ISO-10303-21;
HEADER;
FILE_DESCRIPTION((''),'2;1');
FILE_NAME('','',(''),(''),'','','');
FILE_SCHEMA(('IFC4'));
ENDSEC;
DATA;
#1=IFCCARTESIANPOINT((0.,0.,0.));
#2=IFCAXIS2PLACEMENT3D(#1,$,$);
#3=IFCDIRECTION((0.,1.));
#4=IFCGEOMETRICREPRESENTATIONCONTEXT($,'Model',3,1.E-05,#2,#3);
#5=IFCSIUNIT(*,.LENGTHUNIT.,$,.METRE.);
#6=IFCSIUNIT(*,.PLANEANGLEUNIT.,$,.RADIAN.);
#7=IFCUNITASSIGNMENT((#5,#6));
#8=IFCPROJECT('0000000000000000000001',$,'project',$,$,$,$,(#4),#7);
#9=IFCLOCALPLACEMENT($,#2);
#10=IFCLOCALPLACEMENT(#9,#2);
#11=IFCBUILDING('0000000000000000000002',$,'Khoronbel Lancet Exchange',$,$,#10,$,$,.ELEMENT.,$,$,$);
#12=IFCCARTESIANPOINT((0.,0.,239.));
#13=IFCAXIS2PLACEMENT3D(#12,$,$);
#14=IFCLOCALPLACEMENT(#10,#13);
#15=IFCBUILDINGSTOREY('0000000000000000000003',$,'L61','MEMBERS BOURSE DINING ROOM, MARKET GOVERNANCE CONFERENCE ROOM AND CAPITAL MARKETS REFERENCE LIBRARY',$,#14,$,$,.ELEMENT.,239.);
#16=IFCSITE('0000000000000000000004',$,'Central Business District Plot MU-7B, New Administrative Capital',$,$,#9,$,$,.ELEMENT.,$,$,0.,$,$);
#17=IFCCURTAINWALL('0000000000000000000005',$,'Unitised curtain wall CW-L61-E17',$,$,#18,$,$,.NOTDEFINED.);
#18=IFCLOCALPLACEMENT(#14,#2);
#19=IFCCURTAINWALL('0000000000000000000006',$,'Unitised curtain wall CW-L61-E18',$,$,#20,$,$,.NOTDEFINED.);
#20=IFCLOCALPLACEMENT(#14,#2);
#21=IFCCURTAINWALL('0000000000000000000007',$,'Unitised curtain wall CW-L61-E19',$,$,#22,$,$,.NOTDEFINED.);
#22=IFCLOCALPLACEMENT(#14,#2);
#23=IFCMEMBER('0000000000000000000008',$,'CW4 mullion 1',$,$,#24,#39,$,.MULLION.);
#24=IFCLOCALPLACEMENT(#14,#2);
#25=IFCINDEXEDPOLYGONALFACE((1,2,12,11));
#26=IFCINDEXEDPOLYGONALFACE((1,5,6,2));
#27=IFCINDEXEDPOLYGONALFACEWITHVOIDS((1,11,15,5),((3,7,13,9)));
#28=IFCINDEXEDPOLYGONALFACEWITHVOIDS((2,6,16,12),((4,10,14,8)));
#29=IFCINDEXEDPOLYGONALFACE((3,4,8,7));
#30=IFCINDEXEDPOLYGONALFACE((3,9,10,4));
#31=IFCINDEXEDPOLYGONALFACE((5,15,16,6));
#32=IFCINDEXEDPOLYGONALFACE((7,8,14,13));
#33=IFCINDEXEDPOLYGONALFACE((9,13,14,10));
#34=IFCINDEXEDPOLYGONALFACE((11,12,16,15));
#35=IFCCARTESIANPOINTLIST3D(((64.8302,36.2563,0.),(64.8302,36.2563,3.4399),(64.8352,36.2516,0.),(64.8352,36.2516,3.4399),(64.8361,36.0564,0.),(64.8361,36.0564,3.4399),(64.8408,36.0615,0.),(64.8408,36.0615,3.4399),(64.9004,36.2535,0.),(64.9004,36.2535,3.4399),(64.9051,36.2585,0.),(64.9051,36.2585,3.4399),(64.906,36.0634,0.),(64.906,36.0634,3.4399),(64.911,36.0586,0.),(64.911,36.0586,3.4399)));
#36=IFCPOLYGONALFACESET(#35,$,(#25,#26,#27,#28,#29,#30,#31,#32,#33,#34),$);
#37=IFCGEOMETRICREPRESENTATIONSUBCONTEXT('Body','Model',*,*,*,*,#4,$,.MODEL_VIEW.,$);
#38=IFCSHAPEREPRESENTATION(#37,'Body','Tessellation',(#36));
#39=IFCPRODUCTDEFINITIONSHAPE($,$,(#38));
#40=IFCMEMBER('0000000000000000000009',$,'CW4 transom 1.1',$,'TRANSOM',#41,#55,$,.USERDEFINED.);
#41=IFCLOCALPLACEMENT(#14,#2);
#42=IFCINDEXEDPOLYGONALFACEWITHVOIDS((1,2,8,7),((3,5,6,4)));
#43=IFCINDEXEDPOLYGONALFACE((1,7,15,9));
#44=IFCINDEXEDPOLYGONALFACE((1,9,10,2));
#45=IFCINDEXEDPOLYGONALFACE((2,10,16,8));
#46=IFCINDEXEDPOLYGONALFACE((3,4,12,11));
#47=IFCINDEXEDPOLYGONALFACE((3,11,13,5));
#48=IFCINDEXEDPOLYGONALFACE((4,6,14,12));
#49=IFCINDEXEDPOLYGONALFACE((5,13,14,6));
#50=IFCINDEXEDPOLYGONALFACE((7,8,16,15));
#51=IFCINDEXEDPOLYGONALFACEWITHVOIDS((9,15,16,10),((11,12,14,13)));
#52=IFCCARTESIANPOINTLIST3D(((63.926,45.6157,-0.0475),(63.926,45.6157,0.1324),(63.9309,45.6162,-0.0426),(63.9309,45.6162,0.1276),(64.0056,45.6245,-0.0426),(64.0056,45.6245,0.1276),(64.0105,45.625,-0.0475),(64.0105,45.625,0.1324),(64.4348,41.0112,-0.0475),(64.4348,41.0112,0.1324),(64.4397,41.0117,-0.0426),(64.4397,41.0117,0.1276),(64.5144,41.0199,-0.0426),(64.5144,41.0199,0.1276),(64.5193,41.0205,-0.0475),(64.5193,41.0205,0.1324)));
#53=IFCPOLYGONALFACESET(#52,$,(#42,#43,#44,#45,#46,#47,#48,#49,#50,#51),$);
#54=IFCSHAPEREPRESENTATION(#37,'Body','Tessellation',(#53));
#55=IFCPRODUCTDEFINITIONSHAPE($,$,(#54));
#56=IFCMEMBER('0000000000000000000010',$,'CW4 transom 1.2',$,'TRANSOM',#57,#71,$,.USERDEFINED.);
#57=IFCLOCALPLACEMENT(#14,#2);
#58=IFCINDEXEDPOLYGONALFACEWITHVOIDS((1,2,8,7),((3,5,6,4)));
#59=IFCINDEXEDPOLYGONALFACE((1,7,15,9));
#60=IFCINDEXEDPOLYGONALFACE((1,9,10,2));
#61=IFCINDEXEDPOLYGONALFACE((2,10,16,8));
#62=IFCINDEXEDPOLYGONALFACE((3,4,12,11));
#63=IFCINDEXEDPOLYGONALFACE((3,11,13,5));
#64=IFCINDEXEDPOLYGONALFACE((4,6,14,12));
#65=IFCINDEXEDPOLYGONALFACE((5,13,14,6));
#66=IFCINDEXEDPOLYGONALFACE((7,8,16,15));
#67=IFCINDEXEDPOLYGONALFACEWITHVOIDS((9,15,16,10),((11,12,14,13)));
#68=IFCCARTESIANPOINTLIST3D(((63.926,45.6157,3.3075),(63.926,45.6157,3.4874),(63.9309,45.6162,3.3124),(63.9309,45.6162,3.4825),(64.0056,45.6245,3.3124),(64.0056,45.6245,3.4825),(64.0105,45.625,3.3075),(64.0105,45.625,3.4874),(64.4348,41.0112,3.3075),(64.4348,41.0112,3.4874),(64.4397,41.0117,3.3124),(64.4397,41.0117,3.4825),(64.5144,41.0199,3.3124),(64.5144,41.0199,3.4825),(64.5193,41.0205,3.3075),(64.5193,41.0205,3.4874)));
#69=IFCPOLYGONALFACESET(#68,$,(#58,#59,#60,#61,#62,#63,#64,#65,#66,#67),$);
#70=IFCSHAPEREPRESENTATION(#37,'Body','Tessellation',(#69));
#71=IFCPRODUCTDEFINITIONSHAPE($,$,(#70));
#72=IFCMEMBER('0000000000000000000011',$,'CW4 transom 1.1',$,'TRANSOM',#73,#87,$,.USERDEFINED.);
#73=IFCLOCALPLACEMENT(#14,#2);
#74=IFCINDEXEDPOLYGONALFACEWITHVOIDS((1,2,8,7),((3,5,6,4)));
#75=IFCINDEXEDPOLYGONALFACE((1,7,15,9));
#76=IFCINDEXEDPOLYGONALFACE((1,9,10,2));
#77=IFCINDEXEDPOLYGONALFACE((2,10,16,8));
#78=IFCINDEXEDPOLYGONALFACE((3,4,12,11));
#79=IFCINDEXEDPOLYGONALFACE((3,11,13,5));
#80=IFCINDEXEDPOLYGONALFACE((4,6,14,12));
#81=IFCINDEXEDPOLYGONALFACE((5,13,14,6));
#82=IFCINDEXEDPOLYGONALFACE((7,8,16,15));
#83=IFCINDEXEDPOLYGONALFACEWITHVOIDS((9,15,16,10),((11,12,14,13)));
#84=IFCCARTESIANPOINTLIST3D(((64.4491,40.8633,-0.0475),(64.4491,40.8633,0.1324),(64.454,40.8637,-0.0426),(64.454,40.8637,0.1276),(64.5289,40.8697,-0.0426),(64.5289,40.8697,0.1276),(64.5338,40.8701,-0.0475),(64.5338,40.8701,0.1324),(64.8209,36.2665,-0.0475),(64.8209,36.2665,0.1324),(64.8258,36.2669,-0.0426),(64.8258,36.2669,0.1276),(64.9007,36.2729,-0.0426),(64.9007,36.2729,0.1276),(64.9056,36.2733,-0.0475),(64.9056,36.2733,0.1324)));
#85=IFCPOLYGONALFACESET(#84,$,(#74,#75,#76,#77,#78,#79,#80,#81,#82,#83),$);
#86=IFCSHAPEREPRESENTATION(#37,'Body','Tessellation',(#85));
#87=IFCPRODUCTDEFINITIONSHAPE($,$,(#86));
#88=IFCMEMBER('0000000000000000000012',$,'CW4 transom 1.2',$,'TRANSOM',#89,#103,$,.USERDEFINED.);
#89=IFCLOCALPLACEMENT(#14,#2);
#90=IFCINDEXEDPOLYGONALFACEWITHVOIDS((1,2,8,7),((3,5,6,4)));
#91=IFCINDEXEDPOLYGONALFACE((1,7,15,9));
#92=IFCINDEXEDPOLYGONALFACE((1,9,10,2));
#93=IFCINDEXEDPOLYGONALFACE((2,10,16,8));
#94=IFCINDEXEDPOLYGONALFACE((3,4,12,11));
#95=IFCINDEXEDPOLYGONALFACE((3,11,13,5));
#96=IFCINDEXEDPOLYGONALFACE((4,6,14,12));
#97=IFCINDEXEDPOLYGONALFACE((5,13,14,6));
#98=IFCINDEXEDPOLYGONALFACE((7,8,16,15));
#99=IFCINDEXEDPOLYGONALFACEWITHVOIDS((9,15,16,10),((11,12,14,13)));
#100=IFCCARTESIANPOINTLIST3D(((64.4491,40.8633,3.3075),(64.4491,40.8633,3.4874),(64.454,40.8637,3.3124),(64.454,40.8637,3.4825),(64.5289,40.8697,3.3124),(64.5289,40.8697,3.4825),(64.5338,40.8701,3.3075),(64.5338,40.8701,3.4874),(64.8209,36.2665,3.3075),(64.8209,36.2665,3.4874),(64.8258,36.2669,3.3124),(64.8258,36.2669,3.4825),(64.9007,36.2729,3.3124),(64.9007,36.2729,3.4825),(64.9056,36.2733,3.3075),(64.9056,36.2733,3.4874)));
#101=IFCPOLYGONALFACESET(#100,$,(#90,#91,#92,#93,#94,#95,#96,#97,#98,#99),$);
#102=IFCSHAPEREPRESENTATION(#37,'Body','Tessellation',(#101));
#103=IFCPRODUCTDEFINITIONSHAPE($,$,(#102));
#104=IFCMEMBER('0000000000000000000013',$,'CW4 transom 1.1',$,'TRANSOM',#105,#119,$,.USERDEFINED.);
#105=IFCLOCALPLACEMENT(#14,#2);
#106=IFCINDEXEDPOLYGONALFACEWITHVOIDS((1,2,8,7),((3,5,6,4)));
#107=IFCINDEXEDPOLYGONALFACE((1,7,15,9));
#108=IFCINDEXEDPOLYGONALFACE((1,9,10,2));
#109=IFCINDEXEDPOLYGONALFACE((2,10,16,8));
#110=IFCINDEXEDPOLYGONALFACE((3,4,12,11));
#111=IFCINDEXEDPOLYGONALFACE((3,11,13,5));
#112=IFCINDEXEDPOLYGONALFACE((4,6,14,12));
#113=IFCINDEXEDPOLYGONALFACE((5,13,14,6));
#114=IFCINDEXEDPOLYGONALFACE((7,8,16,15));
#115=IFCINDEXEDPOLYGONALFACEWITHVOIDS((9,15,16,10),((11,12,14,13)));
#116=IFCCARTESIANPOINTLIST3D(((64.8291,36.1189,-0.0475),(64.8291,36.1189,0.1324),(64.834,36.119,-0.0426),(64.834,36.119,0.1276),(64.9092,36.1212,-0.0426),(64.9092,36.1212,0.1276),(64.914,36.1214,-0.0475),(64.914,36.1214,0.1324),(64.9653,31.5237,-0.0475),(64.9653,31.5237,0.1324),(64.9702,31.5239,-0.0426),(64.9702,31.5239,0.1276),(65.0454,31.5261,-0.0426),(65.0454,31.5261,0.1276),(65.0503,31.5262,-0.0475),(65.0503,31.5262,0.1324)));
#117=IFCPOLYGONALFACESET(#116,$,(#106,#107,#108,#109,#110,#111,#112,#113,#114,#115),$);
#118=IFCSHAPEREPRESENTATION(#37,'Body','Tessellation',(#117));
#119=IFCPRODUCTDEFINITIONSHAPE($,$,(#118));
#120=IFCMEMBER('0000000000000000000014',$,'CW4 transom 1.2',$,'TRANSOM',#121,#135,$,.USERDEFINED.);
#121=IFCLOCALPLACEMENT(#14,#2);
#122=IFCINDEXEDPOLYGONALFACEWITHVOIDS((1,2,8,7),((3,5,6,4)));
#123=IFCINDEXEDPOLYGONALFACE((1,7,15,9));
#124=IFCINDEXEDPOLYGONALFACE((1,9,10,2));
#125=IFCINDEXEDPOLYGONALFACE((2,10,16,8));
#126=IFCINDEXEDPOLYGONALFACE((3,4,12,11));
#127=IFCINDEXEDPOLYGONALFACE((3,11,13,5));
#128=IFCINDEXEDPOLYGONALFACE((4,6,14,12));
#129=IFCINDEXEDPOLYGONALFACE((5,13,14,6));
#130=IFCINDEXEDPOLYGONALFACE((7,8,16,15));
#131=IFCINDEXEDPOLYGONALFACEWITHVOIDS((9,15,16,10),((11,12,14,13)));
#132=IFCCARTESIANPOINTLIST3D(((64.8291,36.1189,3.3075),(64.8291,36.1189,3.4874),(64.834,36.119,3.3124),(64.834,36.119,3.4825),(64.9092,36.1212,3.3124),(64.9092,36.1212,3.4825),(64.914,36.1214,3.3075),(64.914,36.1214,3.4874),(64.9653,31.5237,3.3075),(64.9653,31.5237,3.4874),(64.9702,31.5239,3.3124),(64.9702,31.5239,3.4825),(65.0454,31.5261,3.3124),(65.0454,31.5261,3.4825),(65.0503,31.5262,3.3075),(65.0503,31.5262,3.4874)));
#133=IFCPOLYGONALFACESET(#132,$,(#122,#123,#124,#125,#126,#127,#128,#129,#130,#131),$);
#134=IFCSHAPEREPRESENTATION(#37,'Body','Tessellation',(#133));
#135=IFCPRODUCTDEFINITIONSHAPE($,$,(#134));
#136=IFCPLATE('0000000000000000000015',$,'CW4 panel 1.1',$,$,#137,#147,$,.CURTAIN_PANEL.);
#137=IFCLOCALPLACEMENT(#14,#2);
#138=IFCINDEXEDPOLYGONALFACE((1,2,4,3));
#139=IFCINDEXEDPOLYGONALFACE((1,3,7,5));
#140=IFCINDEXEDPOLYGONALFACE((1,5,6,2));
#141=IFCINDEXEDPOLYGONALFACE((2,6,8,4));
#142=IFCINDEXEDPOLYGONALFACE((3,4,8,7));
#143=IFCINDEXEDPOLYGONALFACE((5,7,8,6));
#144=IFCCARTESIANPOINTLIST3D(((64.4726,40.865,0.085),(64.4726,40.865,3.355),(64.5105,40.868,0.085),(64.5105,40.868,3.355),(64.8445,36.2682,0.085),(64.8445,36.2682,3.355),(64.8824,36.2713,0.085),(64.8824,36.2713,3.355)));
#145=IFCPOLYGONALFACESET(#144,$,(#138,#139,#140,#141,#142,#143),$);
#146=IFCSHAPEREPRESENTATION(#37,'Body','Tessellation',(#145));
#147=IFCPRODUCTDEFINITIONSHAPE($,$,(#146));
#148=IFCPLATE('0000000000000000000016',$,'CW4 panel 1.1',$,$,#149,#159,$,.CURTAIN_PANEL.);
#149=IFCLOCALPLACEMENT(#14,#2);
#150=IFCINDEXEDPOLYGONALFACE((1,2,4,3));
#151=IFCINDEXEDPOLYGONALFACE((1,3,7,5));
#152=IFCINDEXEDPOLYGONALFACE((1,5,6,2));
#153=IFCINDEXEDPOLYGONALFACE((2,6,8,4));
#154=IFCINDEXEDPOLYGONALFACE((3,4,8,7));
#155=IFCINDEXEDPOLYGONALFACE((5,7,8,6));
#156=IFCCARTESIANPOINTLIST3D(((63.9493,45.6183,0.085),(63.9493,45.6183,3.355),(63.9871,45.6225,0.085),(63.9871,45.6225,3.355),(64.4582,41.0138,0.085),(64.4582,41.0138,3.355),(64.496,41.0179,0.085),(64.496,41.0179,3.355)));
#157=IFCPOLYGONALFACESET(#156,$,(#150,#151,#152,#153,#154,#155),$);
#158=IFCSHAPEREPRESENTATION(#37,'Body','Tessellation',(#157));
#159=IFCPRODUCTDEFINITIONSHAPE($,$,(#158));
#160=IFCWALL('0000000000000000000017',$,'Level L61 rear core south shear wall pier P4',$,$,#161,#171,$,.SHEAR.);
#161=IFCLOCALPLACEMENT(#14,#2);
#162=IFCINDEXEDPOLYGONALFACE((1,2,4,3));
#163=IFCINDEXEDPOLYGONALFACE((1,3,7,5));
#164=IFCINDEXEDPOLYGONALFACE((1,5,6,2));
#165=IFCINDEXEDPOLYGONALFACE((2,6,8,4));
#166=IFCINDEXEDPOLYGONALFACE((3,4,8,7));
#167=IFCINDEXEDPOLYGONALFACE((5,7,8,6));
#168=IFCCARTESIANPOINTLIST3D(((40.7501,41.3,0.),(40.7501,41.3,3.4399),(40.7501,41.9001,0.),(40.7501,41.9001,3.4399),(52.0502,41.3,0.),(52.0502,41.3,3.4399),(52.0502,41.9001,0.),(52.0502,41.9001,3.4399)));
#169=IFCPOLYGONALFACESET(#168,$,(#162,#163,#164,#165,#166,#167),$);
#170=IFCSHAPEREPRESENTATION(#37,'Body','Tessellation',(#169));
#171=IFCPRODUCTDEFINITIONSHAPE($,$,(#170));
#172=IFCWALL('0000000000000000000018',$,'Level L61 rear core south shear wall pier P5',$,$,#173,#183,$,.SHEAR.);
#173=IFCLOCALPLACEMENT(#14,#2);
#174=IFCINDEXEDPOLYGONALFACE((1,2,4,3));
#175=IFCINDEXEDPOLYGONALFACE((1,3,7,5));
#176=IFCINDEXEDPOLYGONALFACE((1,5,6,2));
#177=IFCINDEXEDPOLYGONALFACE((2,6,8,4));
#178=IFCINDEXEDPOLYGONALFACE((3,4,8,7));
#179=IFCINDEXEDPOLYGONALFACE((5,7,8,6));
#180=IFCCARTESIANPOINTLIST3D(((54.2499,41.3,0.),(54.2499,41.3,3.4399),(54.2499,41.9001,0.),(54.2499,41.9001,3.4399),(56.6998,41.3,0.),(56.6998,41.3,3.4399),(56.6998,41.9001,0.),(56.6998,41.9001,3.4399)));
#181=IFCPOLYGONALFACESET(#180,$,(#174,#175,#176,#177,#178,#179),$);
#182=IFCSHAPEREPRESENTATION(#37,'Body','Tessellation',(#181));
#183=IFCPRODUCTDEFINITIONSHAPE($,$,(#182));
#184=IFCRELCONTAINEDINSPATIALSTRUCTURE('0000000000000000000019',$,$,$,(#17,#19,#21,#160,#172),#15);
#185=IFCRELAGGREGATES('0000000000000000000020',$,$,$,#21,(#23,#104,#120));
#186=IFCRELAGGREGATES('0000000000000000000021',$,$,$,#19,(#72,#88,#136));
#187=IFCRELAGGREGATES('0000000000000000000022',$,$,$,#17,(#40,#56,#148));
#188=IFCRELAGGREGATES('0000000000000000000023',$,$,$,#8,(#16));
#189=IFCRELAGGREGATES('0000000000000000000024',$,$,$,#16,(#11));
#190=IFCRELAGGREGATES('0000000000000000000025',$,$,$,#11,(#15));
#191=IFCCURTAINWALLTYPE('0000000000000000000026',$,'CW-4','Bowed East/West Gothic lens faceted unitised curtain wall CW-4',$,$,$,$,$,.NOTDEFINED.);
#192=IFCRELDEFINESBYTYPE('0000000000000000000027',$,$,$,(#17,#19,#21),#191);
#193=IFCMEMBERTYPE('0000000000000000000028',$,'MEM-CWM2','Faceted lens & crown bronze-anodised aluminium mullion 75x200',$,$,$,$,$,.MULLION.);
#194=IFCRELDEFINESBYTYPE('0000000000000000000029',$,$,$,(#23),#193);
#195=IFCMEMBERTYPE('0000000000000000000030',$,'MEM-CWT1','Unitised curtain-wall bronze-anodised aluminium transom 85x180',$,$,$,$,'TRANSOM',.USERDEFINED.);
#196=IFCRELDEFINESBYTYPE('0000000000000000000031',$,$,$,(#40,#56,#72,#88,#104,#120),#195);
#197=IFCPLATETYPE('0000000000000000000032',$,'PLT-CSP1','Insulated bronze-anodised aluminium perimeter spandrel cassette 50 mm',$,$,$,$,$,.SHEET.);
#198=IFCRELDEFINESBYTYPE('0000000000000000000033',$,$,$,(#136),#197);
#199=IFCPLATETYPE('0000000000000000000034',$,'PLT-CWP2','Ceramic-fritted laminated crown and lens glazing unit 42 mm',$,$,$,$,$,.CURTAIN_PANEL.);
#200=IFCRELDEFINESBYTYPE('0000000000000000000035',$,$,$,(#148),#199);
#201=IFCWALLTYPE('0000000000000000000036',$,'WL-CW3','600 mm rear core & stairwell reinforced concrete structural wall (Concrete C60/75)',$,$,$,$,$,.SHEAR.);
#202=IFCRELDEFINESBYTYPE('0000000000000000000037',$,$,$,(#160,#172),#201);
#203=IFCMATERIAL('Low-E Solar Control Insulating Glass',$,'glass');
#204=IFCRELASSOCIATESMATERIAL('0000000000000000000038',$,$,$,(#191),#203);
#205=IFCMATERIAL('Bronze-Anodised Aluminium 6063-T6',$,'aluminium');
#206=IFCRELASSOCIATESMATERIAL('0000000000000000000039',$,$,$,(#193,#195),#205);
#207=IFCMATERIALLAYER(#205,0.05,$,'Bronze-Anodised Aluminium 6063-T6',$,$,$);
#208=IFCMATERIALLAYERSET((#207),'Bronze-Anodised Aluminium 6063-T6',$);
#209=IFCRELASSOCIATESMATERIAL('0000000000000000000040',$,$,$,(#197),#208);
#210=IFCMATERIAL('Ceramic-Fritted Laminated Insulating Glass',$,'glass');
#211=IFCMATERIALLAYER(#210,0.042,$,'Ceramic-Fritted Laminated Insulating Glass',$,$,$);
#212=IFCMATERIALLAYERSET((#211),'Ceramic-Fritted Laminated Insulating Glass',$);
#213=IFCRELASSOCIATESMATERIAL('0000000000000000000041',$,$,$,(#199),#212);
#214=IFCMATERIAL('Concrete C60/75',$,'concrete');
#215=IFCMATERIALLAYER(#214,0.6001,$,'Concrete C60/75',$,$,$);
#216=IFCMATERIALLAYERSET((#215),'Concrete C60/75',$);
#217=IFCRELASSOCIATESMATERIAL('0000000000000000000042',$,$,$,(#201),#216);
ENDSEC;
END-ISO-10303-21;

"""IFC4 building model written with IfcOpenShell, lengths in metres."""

from ifc_helpers import new_model, si_unit, direction, frame, frame_2d, origin, origin_2d, place, context, subcontext, project, spatial, rectangle, hollow_rectangle, extrude, material, layer, layer_set, material_profile, profile_set, type_object, element, aggregate, save


model = new_model("IFC4")

# Units and contexts
model_context = context("Model", 3, precision=1e-05, world=origin(), true_north=direction((0.0, 1.0)))
body_context = subcontext(model_context, "Body", "Model", "MODEL_VIEW")
ifc_project = project(units=[si_unit("LENGTHUNIT", "METRE"), si_unit("PLANEANGLEUNIT", "RADIAN")], contexts=[model_context])

# Site, building, storey
site_placement = place(None, origin())
site = spatial("IfcSite", under=ifc_project, at=site_placement, Name="Central Business District Plot MU-7B, New Administrative Capital", CompositionType="ELEMENT", RefElevation=0.0)
building_placement = place(site_placement, origin())
building = spatial("IfcBuilding", under=site, at=building_placement, Name="Khoronbel Lancet Exchange", CompositionType="ELEMENT")
storey_placement = place(building_placement, frame((0.0, 0.0, 239.0)))
storey = spatial("IfcBuildingStorey", under=building, at=storey_placement, Name="L61", Description="MEMBERS BOURSE DINING ROOM, MARKET GOVERNANCE CONFERENCE ROOM AND CAPITAL MARKETS REFERENCE LIBRARY", CompositionType="ELEMENT", Elevation=239.0)

# Shared definitions
ifc_material_1 = material(Name="Concrete C60/75", Category="concrete")

# Curtain walls
ifc_material_2 = material(Name="Low-E Solar Control Insulating Glass", Category="glass")
curtain_wall_type = type_object("IfcCurtainWallType", Name="CW-4", Description="Bowed East/West Gothic lens faceted unitised curtain wall CW-4", PredefinedType="NOTDEFINED", material=ifc_material_2)
curtain_wall_1_placement = place(storey_placement, origin())
curtain_wall_1 = element("IfcCurtainWall", 1, at=curtain_wall_1_placement, inside=storey, type_object=curtain_wall_type, Name="Unitised curtain wall CW-L61-E17", PredefinedType="NOTDEFINED")
ifc_material_3 = material(Name="Bronze-Anodised Aluminium 6063-T6", Category="aluminium")
ifc_material_profile_1 = material_profile(ifc_material_3, hollow_rectangle(XDim=0.075, YDim=0.2, WallThickness=0.0049, at=origin_2d()), Name="ALU MULLION 75x200")
ifc_profile_set_1 = profile_set([ifc_material_profile_1], Name="Bronze-Anodised Aluminium 6063-T6")
member_type_1 = type_object("IfcMemberType", Name="MEM-CWM2", Description="Faceted lens & crown bronze-anodised aluminium mullion 75x200", PredefinedType="MULLION", material=ifc_profile_set_1)
curtain_wall_2_placement = place(storey_placement, origin())
curtain_wall_2 = element("IfcCurtainWall", 2, at=curtain_wall_2_placement, inside=storey, type_object=curtain_wall_type, Name="Unitised curtain wall CW-L61-E18", PredefinedType="NOTDEFINED")

# Curtain wall, member
curtain_wall_3_placement = place(storey_placement, origin())
curtain_wall_3 = element("IfcCurtainWall", 3, at=curtain_wall_3_placement, inside=storey, type_object=curtain_wall_type, Name="Unitised curtain wall CW-L61-E19", PredefinedType="NOTDEFINED")
member_1_placement = place(storey_placement, frame((64.8706, 36.1575, 0.0), z_axis=(0.0, 0.0, 1.0), x_axis=(0.999561, 0.029618, 0.0)))
member_1 = element("IfcMember", 4, at=member_1_placement, type_object=member_type_1, Name="CW4 mullion 1", PredefinedType="MULLION", context=body_context, shape_type="SweptSolid", body=[
    extrude(hollow_rectangle(XDim=0.075, YDim=0.2, WallThickness=0.0049, at=origin_2d()), origin(), (0.0, 0.0, 1.0), 3.4399),
])

# Members
ifc_material_profile_2 = material_profile(ifc_material_3, hollow_rectangle(XDim=0.085, YDim=0.1799, WallThickness=0.0049, at=origin_2d()), Name="ALU TRANSOM 85x180")
ifc_profile_set_2 = profile_set([ifc_material_profile_2], Name="Bronze-Anodised Aluminium 6063-T6")
member_type_2 = type_object("IfcMemberType", Name="MEM-CWT1", Description="Unitised curtain-wall bronze-anodised aluminium transom 85x180", ElementType="TRANSOM", PredefinedType="USERDEFINED", material=ifc_profile_set_2)
member_2_placement = place(storey_placement, frame((63.9683, 45.6204, 0.0425), z_axis=(0.10983, -0.99395, 0.0), x_axis=(0.99395, 0.10983, 0.0)))
member_2 = element("IfcMember", 5, at=member_2_placement, type_object=member_type_2, Name="CW4 transom 1.1", ObjectType="TRANSOM", PredefinedType="USERDEFINED", context=body_context, shape_type="SweptSolid", body=[
    extrude(hollow_rectangle(XDim=0.085, YDim=0.1799, WallThickness=0.0049, at=origin_2d()), origin(), (0.0, 0.0, 1.0), 4.6326),
])
member_3_placement = place(storey_placement, frame((63.9683, 45.6204, 3.3975), z_axis=(0.10983, -0.99395, 0.0), x_axis=(0.99395, 0.10983, 0.0)))
member_3 = element("IfcMember", 6, at=member_3_placement, type_object=member_type_2, Name="CW4 transom 1.2", ObjectType="TRANSOM", PredefinedType="USERDEFINED", context=body_context, shape_type="SweptSolid", body=[
    extrude(hollow_rectangle(XDim=0.085, YDim=0.1799, WallThickness=0.0049, at=origin_2d()), origin(), (0.0, 0.0, 1.0), 4.6326),
])
member_4_placement = place(storey_placement, frame((64.4915, 40.8667, 0.0425), z_axis=(0.080623, -0.996745, 0.0), x_axis=(0.996745, 0.080623, 0.0)))
member_4 = element("IfcMember", 7, at=member_4_placement, type_object=member_type_2, Name="CW4 transom 1.1", ObjectType="TRANSOM", PredefinedType="USERDEFINED", context=body_context, shape_type="SweptSolid", body=[
    extrude(hollow_rectangle(XDim=0.085, YDim=0.1799, WallThickness=0.0049, at=origin_2d()), origin(), (0.0, 0.0, 1.0), 4.6118),
])
member_5_placement = place(storey_placement, frame((64.4915, 40.8667, 3.3975), z_axis=(0.080623, -0.996745, 0.0), x_axis=(0.996745, 0.080623, 0.0)))
member_5 = element("IfcMember", 8, at=member_5_placement, type_object=member_type_2, Name="CW4 transom 1.2", ObjectType="TRANSOM", PredefinedType="USERDEFINED", context=body_context, shape_type="SweptSolid", body=[
    extrude(hollow_rectangle(XDim=0.085, YDim=0.1799, WallThickness=0.0049, at=origin_2d()), origin(), (0.0, 0.0, 1.0), 4.6118),
])
member_6_placement = place(storey_placement, frame((64.8716, 36.1201, 0.0425), z_axis=(0.029633, -0.999561, 0.0), x_axis=(0.999561, 0.029633, 0.0)))
member_6 = element("IfcMember", 9, at=member_6_placement, type_object=member_type_2, Name="CW4 transom 1.1", ObjectType="TRANSOM", PredefinedType="USERDEFINED", context=body_context, shape_type="SweptSolid", body=[
    extrude(hollow_rectangle(XDim=0.085, YDim=0.1799, WallThickness=0.0049, at=origin_2d()), origin(), (0.0, 0.0, 1.0), 4.5972),
])
member_7_placement = place(storey_placement, frame((64.8716, 36.1201, 3.3975), z_axis=(0.029633, -0.999561, 0.0), x_axis=(0.999561, 0.029633, 0.0)))
member_7 = element("IfcMember", 10, at=member_7_placement, type_object=member_type_2, Name="CW4 transom 1.2", ObjectType="TRANSOM", PredefinedType="USERDEFINED", context=body_context, shape_type="SweptSolid", body=[
    extrude(hollow_rectangle(XDim=0.085, YDim=0.1799, WallThickness=0.0049, at=origin_2d()), origin(), (0.0, 0.0, 1.0), 4.5972),
])
aggregate(curtain_wall_3, [member_1, member_6, member_7])

# Plates
ifc_layer_1 = layer(ifc_material_3, 0.05, Name="Bronze-Anodised Aluminium 6063-T6")
ifc_layer_set_1 = layer_set([ifc_layer_1], Name="Bronze-Anodised Aluminium 6063-T6")
plate_type_1 = type_object("IfcPlateType", Name="PLT-CSP1", Description="Insulated bronze-anodised aluminium perimeter spandrel cassette 50 mm", PredefinedType="SHEET", material=ifc_layer_set_1)
plate_1_placement = place(storey_placement, frame((64.6775, 38.5681, 0.085), z_axis=(0.0, 0.0, 1.0), x_axis=(0.08064, -0.996743, 0.0)))
plate_1 = element("IfcPlate", 11, at=plate_1_placement, type_object=plate_type_1, Name="CW4 panel 1.1", PredefinedType="CURTAIN_PANEL", context=body_context, shape_type="SweptSolid", body=[
    extrude(rectangle(XDim=4.6118, YDim=0.0381, at=origin_2d()), origin(), (0.0, 0.0, 1.0), 3.27),
])
aggregate(curtain_wall_2, [member_4, member_5, plate_1])
ifc_material_4 = material(Name="Ceramic-Fritted Laminated Insulating Glass", Category="glass")
ifc_layer_2 = layer(ifc_material_4, 0.042, Name="Ceramic-Fritted Laminated Insulating Glass")
ifc_layer_set_2 = layer_set([ifc_layer_2], Name="Ceramic-Fritted Laminated Insulating Glass")
plate_type_2 = type_object("IfcPlateType", Name="PLT-CWP2", Description="Ceramic-fritted laminated crown and lens glazing unit 42 mm", PredefinedType="CURTAIN_PANEL", material=ifc_layer_set_2)
plate_2_placement = place(storey_placement, frame((64.2227, 43.3181, 0.085), z_axis=(0.0, 0.0, 1.0), x_axis=(0.109858, -0.993947, 0.0)))
plate_2 = element("IfcPlate", 12, at=plate_2_placement, type_object=plate_type_2, Name="CW4 panel 1.1", PredefinedType="CURTAIN_PANEL", context=body_context, shape_type="SweptSolid", body=[
    extrude(rectangle(XDim=4.6326, YDim=0.0381, at=origin_2d()), origin(), (0.0, 0.0, 1.0), 3.27),
])
aggregate(curtain_wall_1, [member_2, member_3, plate_2])

# Walls
ifc_layer_3 = layer(ifc_material_1, 0.6001, Name="Concrete C60/75")
ifc_layer_set_3 = layer_set([ifc_layer_3], Name="Concrete C60/75")
wall_type_1 = type_object("IfcWallType", Name="WL-CW3", Description="600 mm rear core & stairwell reinforced concrete structural wall (Concrete C60/75)", PredefinedType="SHEAR", material=ifc_layer_set_3)
wall_1_placement = place(storey_placement, frame((52.05, 41.6001, 0.0), z_axis=(0.0, 0.0, 1.0), x_axis=(-1.0, 0.0, 0.0)))
element("IfcWall", 13, at=wall_1_placement, inside=storey, type_object=wall_type_1, Name="Level L61 rear core south shear wall pier P4", PredefinedType="SHEAR", context=body_context, shape_type="SweptSolid", body=[
    extrude(rectangle(XDim=11.3, YDim=0.6001, at=frame_2d((5.6499, 0.0))), origin(), (0.0, 0.0, 1.0), 3.4399),
])
wall_2_placement = place(storey_placement, frame((56.7, 41.6001, 0.0), z_axis=(0.0, 0.0, 1.0), x_axis=(-1.0, 0.0, 0.0)))
element("IfcWall", 14, at=wall_2_placement, inside=storey, type_object=wall_type_1, Name="Level L61 rear core south shear wall pier P5", PredefinedType="SHEAR", context=body_context, shape_type="SweptSolid", body=[
    extrude(rectangle(XDim=2.45, YDim=0.6001, at=frame_2d((1.2251, 0.0))), origin(), (0.0, 0.0, 1.0), 3.4399),
])

save(model, "model.ifc")
